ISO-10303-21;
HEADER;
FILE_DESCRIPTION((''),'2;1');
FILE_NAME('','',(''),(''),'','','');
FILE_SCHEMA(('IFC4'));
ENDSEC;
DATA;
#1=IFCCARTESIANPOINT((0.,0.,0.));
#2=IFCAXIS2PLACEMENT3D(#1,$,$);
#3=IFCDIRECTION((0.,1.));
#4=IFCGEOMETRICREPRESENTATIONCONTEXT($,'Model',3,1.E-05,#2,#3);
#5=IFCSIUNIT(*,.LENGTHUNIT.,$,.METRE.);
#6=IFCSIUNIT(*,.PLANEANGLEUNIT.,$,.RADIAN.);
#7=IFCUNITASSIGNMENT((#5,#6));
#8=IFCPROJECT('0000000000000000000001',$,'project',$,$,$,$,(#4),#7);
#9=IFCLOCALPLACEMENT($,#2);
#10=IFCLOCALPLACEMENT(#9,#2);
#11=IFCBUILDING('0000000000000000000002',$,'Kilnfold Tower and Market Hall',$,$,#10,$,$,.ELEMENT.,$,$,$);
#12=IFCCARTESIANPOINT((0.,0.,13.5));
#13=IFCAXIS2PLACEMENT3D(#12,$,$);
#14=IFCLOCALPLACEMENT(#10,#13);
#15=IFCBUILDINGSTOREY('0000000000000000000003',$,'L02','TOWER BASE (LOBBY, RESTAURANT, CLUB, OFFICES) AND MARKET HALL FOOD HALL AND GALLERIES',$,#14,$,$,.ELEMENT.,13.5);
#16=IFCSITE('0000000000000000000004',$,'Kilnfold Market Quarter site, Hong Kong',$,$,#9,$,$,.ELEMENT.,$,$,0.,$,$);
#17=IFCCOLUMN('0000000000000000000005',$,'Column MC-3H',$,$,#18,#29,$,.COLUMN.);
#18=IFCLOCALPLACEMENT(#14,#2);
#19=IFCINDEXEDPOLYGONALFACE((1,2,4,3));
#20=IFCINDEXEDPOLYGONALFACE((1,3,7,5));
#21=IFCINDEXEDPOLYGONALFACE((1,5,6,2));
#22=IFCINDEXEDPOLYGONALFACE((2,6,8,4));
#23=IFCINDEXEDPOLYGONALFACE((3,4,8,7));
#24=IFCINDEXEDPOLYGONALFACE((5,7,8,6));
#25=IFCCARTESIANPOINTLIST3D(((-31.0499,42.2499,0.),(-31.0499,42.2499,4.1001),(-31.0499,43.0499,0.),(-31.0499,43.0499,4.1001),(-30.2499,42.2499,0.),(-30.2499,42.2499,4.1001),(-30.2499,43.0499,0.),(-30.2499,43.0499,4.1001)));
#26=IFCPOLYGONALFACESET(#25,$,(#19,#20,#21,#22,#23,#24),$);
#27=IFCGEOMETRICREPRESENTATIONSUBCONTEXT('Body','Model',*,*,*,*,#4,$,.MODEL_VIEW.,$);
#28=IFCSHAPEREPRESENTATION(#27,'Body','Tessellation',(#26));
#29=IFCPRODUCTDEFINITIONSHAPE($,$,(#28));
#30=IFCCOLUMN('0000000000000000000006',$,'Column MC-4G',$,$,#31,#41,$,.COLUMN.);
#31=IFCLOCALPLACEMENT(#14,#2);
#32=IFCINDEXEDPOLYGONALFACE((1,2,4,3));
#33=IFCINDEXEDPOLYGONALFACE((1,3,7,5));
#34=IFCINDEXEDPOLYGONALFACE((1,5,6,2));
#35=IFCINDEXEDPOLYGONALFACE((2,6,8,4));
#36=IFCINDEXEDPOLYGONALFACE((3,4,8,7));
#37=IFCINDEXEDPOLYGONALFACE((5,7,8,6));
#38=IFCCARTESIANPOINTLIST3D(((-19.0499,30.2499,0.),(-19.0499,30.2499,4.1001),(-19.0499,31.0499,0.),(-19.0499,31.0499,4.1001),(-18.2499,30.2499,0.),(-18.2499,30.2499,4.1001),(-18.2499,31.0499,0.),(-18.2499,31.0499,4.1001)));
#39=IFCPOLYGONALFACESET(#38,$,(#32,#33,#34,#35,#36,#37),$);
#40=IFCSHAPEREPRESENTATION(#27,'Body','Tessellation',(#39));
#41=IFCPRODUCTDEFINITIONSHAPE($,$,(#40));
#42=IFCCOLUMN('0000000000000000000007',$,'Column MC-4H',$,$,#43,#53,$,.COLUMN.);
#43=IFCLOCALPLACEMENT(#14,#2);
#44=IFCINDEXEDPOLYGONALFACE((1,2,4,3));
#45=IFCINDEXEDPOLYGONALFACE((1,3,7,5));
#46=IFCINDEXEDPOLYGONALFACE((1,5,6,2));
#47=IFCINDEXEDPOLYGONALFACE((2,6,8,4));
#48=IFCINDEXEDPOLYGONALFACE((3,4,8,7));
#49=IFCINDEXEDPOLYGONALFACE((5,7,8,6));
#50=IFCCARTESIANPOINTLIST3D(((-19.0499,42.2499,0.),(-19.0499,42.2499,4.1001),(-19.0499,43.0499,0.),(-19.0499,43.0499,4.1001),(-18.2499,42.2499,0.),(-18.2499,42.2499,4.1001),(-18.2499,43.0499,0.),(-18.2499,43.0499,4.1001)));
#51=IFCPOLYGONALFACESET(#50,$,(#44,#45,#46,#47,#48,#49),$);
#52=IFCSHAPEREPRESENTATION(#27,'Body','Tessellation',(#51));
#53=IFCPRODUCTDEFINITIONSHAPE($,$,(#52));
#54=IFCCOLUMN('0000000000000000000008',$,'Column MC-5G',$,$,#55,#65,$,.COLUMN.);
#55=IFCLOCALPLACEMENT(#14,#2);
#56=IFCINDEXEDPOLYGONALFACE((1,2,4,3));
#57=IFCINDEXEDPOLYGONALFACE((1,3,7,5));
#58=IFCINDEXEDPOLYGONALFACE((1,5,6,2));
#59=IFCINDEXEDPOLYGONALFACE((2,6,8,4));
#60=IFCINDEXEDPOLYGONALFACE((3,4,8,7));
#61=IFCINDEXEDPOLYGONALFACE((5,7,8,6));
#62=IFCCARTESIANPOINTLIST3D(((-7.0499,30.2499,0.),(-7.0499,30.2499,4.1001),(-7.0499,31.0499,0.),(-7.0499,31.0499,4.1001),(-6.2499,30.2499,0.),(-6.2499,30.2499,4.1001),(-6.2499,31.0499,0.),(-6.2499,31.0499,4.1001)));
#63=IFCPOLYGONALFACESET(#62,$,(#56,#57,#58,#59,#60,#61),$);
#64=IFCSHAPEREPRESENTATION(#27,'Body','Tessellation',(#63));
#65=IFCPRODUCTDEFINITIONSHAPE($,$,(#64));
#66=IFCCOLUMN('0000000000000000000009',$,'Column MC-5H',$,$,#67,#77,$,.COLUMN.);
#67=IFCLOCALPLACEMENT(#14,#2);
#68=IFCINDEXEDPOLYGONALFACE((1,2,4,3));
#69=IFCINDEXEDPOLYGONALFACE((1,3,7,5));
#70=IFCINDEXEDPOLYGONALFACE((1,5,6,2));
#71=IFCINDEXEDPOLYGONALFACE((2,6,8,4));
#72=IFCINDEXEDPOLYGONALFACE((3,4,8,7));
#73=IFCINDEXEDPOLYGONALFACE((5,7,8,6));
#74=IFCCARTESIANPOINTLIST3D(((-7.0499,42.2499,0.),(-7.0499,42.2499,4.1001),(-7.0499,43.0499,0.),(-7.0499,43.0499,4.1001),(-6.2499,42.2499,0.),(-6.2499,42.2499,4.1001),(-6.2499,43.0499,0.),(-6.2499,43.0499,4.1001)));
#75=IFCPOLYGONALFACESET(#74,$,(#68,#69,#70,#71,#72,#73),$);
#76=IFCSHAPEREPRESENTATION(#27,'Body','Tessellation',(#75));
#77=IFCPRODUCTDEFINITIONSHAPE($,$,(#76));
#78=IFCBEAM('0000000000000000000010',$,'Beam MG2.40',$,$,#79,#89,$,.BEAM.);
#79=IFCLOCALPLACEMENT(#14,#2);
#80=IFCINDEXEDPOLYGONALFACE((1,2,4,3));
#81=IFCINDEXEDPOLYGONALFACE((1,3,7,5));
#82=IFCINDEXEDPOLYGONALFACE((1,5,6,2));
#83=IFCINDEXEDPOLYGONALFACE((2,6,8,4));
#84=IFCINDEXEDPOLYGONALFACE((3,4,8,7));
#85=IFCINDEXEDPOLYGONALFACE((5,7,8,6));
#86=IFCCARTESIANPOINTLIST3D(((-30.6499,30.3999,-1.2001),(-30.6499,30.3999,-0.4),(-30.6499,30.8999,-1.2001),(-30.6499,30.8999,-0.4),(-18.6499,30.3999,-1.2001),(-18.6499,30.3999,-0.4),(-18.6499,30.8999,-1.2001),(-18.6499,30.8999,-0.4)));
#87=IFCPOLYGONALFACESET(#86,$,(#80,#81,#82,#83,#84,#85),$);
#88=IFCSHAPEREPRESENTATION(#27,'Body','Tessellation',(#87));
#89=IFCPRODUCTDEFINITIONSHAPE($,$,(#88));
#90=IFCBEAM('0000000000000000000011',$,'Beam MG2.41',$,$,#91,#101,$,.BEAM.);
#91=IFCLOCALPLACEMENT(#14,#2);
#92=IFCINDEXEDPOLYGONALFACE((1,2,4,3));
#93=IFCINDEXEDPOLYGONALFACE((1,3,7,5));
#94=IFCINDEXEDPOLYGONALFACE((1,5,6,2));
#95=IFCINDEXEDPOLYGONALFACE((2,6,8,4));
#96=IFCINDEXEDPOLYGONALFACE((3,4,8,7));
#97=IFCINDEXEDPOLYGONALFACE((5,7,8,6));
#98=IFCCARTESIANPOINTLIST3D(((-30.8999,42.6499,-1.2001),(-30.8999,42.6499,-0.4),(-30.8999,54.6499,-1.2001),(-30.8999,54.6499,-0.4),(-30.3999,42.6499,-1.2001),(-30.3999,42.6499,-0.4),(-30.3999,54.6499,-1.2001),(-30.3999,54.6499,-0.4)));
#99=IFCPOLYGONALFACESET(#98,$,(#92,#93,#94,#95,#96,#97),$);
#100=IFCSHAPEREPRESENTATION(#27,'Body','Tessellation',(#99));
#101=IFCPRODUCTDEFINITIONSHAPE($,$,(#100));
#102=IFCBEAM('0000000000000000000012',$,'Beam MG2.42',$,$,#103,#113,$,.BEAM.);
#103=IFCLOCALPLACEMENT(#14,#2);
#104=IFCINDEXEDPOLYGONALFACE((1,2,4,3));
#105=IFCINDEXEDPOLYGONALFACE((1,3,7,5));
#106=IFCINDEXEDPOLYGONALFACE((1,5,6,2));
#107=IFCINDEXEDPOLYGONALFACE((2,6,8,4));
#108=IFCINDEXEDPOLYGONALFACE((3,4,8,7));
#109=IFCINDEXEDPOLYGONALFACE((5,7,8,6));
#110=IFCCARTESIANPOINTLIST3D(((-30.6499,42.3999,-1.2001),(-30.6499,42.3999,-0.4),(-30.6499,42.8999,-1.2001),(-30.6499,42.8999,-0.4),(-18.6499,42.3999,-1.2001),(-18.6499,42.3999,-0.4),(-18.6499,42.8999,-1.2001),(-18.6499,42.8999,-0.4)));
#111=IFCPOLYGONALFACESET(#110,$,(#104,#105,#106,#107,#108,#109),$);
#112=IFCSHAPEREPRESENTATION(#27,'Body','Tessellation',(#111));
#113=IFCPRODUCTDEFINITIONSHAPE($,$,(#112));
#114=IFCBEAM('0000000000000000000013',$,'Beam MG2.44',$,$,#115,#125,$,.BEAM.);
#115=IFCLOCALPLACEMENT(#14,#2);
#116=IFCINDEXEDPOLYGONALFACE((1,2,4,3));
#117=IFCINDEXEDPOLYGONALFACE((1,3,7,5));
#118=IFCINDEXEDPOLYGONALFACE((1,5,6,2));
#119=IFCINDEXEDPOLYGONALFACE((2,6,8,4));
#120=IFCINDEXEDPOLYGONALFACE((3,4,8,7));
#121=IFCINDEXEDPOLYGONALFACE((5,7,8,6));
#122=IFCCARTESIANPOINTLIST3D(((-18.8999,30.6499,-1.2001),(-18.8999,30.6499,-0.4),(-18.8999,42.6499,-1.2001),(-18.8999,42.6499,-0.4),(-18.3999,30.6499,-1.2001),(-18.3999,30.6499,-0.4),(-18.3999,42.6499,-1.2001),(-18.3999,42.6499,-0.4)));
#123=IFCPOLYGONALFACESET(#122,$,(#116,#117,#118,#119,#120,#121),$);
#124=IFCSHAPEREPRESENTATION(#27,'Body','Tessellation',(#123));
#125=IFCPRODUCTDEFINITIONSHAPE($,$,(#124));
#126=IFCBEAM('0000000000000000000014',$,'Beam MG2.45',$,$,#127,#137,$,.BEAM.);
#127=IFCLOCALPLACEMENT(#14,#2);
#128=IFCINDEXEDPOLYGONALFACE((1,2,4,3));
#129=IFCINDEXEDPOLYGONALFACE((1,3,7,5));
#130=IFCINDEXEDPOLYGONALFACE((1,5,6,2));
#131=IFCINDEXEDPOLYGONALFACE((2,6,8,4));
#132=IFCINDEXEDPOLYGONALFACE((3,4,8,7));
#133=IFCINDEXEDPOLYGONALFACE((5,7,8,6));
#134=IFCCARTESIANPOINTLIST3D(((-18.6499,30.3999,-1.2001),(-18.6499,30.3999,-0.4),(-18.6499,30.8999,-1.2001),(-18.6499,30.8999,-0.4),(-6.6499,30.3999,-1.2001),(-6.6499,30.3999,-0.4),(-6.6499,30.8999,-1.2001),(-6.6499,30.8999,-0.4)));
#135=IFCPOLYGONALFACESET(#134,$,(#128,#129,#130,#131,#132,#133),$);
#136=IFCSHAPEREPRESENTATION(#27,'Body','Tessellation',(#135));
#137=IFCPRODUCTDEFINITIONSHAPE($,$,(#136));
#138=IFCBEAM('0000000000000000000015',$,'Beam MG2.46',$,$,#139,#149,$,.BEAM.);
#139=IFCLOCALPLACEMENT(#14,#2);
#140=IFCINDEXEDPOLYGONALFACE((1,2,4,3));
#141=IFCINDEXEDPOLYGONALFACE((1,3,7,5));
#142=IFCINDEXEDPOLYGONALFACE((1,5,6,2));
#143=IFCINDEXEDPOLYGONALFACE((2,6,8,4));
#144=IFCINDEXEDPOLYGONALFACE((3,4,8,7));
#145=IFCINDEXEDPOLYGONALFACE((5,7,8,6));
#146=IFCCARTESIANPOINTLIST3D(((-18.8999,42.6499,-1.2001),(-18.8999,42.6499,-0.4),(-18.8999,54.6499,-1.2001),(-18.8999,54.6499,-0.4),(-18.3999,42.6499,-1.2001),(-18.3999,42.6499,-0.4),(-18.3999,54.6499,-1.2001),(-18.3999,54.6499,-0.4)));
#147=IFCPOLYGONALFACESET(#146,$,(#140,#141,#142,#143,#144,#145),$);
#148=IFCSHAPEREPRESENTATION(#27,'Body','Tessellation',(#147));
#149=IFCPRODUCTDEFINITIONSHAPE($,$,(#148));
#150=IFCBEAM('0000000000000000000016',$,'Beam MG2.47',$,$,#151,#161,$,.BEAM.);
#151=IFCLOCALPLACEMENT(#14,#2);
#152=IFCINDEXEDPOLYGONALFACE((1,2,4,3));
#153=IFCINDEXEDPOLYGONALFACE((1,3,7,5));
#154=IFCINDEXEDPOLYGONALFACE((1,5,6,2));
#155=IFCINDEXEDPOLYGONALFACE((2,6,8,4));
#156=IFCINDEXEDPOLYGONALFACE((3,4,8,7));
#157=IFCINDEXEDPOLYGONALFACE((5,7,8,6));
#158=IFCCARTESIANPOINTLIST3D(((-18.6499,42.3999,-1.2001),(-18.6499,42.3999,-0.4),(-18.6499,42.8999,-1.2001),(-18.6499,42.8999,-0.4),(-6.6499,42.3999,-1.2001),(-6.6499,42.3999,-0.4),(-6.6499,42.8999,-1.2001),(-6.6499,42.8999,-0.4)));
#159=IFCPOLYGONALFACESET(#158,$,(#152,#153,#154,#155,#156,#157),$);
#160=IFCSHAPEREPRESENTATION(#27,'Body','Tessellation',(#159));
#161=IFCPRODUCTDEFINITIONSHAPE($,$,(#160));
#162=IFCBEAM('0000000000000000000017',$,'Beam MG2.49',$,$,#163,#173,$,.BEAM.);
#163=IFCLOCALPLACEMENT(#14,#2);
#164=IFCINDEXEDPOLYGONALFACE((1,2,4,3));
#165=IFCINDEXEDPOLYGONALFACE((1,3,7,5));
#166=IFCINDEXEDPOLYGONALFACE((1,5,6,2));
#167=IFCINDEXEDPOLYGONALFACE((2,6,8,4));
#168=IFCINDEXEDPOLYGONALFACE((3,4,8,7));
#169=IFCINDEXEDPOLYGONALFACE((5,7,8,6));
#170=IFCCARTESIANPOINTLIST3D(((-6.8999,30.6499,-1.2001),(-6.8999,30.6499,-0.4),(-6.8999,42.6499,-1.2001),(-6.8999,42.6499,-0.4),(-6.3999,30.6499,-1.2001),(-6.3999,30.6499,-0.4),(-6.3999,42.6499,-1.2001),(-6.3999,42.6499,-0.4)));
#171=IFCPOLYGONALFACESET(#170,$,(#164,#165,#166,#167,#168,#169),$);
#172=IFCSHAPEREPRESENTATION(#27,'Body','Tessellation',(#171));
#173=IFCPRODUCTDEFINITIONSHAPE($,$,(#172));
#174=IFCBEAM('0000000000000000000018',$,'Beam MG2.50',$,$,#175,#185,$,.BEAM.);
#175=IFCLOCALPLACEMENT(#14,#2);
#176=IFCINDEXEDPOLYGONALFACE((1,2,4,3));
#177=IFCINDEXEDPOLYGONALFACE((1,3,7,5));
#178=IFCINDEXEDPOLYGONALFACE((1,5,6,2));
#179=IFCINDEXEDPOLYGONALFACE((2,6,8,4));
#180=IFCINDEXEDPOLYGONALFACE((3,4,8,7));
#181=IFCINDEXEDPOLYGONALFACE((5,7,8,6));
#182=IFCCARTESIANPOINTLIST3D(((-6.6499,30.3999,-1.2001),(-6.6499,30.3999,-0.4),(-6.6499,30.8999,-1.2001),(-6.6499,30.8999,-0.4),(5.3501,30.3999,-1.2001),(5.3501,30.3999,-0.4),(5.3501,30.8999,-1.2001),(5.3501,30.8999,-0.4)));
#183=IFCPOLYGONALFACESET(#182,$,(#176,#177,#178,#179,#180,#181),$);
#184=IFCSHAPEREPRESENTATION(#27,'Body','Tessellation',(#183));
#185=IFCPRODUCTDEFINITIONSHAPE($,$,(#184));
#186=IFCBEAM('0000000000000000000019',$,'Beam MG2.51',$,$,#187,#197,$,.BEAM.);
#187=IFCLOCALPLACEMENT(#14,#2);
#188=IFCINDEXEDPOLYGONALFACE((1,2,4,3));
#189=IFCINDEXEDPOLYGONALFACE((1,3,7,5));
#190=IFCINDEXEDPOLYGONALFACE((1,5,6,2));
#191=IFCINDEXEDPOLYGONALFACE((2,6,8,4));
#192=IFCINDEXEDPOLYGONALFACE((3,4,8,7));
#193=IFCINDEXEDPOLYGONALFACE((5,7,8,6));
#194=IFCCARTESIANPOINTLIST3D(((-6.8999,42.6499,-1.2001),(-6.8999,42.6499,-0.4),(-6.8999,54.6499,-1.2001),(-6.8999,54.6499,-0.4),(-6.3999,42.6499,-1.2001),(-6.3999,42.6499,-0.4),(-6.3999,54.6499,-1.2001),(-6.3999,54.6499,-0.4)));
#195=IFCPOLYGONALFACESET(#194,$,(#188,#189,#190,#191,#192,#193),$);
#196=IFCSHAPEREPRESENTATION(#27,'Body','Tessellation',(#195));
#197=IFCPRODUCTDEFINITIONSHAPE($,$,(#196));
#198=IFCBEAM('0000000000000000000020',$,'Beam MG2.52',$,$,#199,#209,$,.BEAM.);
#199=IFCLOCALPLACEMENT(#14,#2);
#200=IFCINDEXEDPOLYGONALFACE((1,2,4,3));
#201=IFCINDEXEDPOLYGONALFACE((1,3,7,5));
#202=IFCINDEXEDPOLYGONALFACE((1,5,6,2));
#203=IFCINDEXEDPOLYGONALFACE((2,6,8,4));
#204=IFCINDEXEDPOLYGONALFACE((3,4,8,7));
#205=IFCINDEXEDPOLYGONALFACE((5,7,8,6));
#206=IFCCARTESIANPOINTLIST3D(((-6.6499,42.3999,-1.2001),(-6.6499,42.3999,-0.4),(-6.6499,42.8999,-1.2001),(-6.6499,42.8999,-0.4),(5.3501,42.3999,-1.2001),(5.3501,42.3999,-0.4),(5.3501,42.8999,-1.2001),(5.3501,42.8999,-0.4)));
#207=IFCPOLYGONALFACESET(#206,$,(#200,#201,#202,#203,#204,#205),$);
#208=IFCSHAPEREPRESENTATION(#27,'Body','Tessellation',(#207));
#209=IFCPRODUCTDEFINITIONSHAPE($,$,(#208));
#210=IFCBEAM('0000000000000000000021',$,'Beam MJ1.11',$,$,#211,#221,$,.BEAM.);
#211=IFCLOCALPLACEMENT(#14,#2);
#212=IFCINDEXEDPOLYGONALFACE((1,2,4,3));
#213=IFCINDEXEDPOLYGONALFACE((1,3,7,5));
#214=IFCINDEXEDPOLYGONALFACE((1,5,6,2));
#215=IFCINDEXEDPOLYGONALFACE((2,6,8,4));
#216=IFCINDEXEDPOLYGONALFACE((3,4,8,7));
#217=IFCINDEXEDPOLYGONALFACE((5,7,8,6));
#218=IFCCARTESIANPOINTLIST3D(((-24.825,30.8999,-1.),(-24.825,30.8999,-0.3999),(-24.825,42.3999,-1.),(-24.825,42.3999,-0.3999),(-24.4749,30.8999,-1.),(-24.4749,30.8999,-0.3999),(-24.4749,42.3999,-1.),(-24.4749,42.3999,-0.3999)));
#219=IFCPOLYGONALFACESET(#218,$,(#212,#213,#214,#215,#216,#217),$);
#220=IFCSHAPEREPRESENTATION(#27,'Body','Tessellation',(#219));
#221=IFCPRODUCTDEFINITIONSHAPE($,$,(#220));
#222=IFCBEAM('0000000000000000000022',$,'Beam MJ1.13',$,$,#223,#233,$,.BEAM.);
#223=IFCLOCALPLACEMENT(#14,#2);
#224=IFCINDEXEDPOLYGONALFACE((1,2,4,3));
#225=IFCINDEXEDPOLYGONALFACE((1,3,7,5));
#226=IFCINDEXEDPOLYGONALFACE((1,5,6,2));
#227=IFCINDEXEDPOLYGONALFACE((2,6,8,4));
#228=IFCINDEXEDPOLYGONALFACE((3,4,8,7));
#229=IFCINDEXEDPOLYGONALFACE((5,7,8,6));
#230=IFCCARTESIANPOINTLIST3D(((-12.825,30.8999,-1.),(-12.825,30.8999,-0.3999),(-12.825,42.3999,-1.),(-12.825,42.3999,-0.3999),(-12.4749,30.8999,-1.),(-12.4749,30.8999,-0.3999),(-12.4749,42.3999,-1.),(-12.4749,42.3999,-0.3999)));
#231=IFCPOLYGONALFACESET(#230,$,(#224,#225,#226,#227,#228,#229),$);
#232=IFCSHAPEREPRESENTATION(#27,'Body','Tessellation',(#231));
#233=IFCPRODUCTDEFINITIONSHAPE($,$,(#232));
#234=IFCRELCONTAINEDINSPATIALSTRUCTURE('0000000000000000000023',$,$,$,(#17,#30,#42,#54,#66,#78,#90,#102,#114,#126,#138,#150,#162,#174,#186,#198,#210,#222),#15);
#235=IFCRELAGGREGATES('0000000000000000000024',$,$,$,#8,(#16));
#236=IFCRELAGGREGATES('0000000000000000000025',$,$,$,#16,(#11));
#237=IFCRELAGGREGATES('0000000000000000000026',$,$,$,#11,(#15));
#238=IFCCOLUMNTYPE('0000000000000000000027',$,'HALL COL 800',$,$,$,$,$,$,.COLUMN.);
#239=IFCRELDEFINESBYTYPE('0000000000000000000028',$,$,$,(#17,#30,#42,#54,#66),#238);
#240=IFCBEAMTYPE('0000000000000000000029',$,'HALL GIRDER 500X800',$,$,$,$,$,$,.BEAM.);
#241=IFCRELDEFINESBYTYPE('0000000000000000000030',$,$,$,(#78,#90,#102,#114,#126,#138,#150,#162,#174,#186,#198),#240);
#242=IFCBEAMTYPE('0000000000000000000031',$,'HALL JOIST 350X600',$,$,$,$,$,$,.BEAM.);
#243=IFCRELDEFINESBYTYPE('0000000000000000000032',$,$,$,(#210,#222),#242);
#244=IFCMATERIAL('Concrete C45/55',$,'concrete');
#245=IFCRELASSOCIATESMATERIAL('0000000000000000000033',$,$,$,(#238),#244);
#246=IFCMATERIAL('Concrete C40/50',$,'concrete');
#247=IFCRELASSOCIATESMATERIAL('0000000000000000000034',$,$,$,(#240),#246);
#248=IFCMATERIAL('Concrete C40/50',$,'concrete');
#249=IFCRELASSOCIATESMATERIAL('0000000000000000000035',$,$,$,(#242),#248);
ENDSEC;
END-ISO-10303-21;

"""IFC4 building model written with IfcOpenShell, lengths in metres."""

from ifc_helpers import new_model, si_unit, direction, frame, origin, origin_2d, place, context, subcontext, project, spatial, rectangle, extrude, source, transform, mapped, material, material_profile, profile_set, type_object, element, save


model = new_model("IFC4")

# Units and contexts
model_context = context("Model", 3, precision=1e-05, world=origin(), true_north=direction((0.0, 1.0)))
body_context = subcontext(model_context, "Body", "Model", "MODEL_VIEW")
ifc_project = project(units=[si_unit("LENGTHUNIT", "METRE"), si_unit("PLANEANGLEUNIT", "RADIAN")], contexts=[model_context])

# Site, building, storey
site_placement = place(None, origin())
site = spatial("IfcSite", under=ifc_project, at=site_placement, Name="Kilnfold Market Quarter site, Hong Kong", CompositionType="ELEMENT", RefElevation=0.0)
building_placement = place(site_placement, origin())
building = spatial("IfcBuilding", under=site, at=building_placement, Name="Kilnfold Tower and Market Hall", CompositionType="ELEMENT")
storey_placement = place(building_placement, frame((0.0, 0.0, 13.5)))
storey = spatial("IfcBuildingStorey", under=building, at=storey_placement, Name="L02", Description="TOWER BASE (LOBBY, RESTAURANT, CLUB, OFFICES) AND MARKET HALL FOOD HALL AND GALLERIES", CompositionType="ELEMENT", Elevation=13.5)

# Columns
ifc_material_1 = material(Name="Concrete C45/55", Category="concrete")
ifc_material_profile_1 = material_profile(ifc_material_1, rectangle(XDim=0.8, YDim=0.8, at=origin_2d()), Name="RC 800x800")
ifc_profile_set_1 = profile_set([ifc_material_profile_1], Name="Concrete C45/55")
column_type = type_object("IfcColumnType", Name="HALL COL 800", PredefinedType="COLUMN", material=ifc_profile_set_1)
shared_shape_1 = source(origin(), body_context, "Body", "SweptSolid", [
    extrude(rectangle(XDim=0.8, YDim=0.8, at=origin_2d()), origin(), (0.0, 0.0, 1.0), 4.1001),
])
for number, where, z_axis, x_axis, name in (
    (1, (-30.6499, 42.6499, 0.0), (0.0, 0.0, 1.0), (1.0, 0.0, 0.0), "Column MC-3H"),
    (2, (-18.6499, 30.6499, 0.0), (0.0, 0.0, 1.0), (1.0, 0.0, 0.0), "Column MC-4G"),
    (3, (-18.6499, 42.6499, 0.0), (0.0, 0.0, 1.0), (1.0, 0.0, 0.0), "Column MC-4H"),
    (4, (-6.6499, 30.6499, 0.0), (0.0, 0.0, 1.0), (1.0, 0.0, 0.0), "Column MC-5G"),
    (5, (-6.6499, 42.6499, 0.0), (0.0, 0.0, 1.0), (1.0, 0.0, 0.0), "Column MC-5H"),
):
    element("IfcColumn", number, at=place(storey_placement, frame(where, z_axis=z_axis, x_axis=x_axis)), inside=storey, type_object=column_type, Name=name, PredefinedType="COLUMN", context=body_context, shape_type="MappedRepresentation", body=[
        mapped(shared_shape_1, transform((0.0, 0.0, 0.0))),
    ])

# Beams
ifc_material_2 = material(Name="Concrete C40/50", Category="concrete")
ifc_material_profile_2 = material_profile(ifc_material_2, rectangle(XDim=0.5, YDim=0.8, at=origin_2d()), Name="RC 500x800")
ifc_profile_set_2 = profile_set([ifc_material_profile_2], Name="Concrete C40/50")
beam_type_1 = type_object("IfcBeamType", Name="HALL GIRDER 500X800", PredefinedType="BEAM", material=ifc_profile_set_2)
for number, where, z_axis, x_axis, name in (
    (6, (-30.6499, 30.6499, -0.8), (1.0, 0.0, 0.0), (0.0, 1.0, 0.0), "Beam MG2.40"),
    (7, (-30.6499, 42.6499, -0.8), (0.0, 1.0, 0.0), (-1.0, 0.0, 0.0), "Beam MG2.41"),
    (8, (-30.6499, 42.6499, -0.8), (1.0, 0.0, 0.0), (0.0, 1.0, 0.0), "Beam MG2.42"),
    (9, (-18.6499, 30.6499, -0.8), (0.0, 1.0, 0.0), (-1.0, 0.0, 0.0), "Beam MG2.44"),
    (10, (-18.6499, 30.6499, -0.8), (1.0, 0.0, 0.0), (0.0, 1.0, 0.0), "Beam MG2.45"),
    (11, (-18.6499, 42.6499, -0.8), (0.0, 1.0, 0.0), (-1.0, 0.0, 0.0), "Beam MG2.46"),
    (12, (-18.6499, 42.6499, -0.8), (1.0, 0.0, 0.0), (0.0, 1.0, 0.0), "Beam MG2.47"),
    (13, (-6.6499, 30.6499, -0.8), (0.0, 1.0, 0.0), (-1.0, 0.0, 0.0), "Beam MG2.49"),
    (14, (-6.6499, 30.6499, -0.8), (1.0, 0.0, 0.0), (0.0, 1.0, 0.0), "Beam MG2.50"),
    (15, (-6.6499, 42.6499, -0.8), (0.0, 1.0, 0.0), (-1.0, 0.0, 0.0), "Beam MG2.51"),
    (16, (-6.6499, 42.6499, -0.8), (1.0, 0.0, 0.0), (0.0, 1.0, 0.0), "Beam MG2.52"),
):
    element("IfcBeam", number, at=place(storey_placement, frame(where, z_axis=z_axis, x_axis=x_axis)), inside=storey, type_object=beam_type_1, Name=name, PredefinedType="BEAM", context=body_context, shape_type="SweptSolid", body=[
        extrude(rectangle(XDim=0.5, YDim=0.8, at=origin_2d()), origin(), (0.0, 0.0, 1.0), 12.0),
    ])
ifc_material_3 = material(Name="Concrete C40/50", Category="concrete")
ifc_material_profile_3 = material_profile(ifc_material_3, rectangle(XDim=0.3501, YDim=0.6001, at=origin_2d()), Name="RC 350x600")
ifc_profile_set_3 = profile_set([ifc_material_profile_3], Name="Concrete C40/50")
beam_type_2 = type_object("IfcBeamType", Name="HALL JOIST 350X600", PredefinedType="BEAM", material=ifc_profile_set_3)
for number, where, z_axis, x_axis, name in (
    (17, (-24.6499, 30.8999, -0.7), (0.0, 1.0, 0.0), (-1.0, 0.0, 0.0), "Beam MJ1.11"),
    (18, (-12.6499, 30.8999, -0.7), (0.0, 1.0, 0.0), (-1.0, 0.0, 0.0), "Beam MJ1.13"),
):
    element("IfcBeam", number, at=place(storey_placement, frame(where, z_axis=z_axis, x_axis=x_axis)), inside=storey, type_object=beam_type_2, Name=name, PredefinedType="BEAM", context=body_context, shape_type="SweptSolid", body=[
        extrude(rectangle(XDim=0.3501, YDim=0.6001, at=origin_2d()), origin(), (0.0, 0.0, 1.0), 11.5),
    ])

save(model, "model.ifc")
